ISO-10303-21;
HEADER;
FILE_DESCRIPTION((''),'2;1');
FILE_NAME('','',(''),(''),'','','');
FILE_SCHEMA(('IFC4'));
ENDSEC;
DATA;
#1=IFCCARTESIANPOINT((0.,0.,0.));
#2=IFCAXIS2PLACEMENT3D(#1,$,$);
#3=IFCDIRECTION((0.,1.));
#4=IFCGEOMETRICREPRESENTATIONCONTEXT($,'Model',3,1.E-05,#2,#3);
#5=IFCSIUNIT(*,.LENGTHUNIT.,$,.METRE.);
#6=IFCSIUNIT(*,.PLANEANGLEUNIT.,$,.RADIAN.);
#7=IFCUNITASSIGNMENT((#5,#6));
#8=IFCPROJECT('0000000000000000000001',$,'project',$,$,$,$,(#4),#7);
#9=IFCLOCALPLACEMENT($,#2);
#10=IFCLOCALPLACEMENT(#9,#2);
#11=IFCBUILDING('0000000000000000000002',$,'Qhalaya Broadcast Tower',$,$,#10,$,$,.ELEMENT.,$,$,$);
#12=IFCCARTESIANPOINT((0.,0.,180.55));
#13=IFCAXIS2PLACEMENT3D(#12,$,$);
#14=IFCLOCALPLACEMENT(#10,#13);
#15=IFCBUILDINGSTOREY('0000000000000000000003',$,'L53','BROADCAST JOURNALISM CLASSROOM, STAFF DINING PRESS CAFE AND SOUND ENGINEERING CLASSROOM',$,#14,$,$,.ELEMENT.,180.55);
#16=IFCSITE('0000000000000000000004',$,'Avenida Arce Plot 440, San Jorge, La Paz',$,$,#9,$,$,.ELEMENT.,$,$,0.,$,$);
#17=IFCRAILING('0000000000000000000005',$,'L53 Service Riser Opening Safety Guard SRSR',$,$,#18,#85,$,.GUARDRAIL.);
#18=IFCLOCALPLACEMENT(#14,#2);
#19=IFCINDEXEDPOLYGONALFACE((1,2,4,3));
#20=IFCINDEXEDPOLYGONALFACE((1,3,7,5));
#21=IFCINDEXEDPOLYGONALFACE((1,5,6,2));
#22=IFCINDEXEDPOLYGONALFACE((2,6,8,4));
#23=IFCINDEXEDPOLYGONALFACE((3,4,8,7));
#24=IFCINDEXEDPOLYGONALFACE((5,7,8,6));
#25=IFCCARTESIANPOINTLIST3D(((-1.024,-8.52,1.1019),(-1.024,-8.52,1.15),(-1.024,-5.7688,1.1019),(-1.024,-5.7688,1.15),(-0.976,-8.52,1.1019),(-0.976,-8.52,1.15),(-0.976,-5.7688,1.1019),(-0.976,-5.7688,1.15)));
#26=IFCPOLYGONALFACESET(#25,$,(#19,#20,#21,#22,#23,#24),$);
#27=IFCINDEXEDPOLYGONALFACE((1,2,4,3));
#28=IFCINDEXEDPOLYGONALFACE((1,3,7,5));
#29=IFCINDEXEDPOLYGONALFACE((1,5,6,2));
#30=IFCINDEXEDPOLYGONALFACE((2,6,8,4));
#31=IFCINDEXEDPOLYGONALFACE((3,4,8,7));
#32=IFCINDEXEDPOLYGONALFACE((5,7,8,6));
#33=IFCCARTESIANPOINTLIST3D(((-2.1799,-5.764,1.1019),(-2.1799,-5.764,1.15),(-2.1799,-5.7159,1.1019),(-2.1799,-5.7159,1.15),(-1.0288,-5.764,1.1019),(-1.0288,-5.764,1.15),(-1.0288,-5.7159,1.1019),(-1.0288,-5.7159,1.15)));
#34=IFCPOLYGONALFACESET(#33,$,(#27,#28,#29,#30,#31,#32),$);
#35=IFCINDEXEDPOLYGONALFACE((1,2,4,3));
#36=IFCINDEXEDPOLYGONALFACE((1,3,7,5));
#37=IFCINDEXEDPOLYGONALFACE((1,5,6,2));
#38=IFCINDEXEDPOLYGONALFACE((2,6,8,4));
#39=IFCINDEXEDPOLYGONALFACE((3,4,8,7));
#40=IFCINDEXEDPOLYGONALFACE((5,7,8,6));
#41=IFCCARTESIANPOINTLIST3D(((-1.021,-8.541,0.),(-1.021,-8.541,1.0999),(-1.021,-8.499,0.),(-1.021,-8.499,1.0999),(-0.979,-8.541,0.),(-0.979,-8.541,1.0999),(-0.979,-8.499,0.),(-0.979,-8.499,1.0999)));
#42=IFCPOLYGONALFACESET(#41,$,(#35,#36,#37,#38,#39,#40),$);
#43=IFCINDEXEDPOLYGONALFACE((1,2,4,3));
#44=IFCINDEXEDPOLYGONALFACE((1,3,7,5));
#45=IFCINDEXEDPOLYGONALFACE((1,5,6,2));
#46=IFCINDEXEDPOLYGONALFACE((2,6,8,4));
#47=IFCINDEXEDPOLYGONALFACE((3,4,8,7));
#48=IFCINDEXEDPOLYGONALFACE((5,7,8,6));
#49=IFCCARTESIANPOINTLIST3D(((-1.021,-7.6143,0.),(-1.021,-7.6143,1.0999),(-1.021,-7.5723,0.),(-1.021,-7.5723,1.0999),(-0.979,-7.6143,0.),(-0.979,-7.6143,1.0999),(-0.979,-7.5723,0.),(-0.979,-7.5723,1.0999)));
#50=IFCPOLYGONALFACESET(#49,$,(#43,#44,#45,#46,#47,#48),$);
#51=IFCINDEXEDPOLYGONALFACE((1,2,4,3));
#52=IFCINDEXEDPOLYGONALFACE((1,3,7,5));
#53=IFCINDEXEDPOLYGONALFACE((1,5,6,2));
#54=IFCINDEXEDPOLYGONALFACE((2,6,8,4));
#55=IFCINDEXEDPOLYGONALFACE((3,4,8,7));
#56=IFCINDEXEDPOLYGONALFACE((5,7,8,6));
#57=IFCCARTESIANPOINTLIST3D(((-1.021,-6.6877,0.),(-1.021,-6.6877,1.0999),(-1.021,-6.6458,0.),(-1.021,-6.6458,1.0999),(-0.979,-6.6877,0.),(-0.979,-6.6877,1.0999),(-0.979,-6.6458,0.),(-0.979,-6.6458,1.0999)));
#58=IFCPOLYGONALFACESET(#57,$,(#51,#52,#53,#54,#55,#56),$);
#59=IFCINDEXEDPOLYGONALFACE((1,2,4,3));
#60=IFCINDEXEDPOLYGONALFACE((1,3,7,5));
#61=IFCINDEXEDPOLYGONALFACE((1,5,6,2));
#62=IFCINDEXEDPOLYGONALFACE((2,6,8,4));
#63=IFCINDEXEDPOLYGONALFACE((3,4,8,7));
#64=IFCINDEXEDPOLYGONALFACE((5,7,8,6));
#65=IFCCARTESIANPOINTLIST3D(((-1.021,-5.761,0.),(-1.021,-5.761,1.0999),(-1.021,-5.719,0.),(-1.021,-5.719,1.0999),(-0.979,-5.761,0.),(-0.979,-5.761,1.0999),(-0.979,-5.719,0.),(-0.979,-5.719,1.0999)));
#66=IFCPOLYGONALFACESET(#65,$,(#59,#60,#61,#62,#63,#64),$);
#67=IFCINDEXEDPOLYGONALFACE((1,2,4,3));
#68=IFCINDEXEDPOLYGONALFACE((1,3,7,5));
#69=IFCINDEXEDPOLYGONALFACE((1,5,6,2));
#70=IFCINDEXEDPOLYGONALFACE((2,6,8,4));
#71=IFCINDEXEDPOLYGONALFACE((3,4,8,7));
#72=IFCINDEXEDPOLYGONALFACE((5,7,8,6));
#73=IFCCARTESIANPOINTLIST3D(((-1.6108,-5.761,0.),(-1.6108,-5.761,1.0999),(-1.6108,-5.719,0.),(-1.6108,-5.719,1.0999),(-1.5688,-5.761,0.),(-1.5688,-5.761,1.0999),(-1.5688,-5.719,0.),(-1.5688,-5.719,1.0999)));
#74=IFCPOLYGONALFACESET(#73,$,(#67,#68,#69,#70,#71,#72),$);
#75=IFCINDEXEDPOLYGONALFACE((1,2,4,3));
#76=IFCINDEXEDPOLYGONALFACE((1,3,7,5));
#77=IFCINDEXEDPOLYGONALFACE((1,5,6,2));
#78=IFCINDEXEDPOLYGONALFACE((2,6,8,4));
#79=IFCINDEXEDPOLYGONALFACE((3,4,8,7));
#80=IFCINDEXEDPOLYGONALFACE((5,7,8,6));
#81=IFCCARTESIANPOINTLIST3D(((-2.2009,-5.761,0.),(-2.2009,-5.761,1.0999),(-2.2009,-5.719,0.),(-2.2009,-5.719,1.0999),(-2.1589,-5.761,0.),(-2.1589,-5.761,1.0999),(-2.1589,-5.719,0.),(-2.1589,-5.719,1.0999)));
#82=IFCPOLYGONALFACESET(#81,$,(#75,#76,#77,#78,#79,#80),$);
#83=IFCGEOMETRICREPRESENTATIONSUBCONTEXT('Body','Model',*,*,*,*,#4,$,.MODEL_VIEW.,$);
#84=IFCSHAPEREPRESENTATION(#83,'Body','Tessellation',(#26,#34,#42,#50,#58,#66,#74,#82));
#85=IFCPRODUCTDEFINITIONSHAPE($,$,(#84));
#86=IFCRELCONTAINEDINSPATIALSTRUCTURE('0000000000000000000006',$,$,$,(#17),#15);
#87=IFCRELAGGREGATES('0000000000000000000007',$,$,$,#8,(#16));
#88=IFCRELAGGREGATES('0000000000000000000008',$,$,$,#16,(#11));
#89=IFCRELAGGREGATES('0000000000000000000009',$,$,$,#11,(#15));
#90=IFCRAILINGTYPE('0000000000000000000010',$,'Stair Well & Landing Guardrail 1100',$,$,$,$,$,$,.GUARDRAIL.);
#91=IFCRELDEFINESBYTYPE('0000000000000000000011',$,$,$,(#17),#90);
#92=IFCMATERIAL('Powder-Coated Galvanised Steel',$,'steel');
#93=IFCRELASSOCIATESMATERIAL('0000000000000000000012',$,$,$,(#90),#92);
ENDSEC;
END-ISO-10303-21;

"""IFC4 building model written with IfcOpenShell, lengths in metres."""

from ifc_helpers import new_model, si_unit, direction, frame, origin, origin_2d, place, context, subcontext, project, spatial, rectangle, extrude, material, type_object, element, save


model = new_model("IFC4")

# Units and contexts
model_context = context("Model", 3, precision=1e-05, world=origin(), true_north=direction((0.0, 1.0)))
body_context = subcontext(model_context, "Body", "Model", "MODEL_VIEW")
ifc_project = project(units=[si_unit("LENGTHUNIT", "METRE"), si_unit("PLANEANGLEUNIT", "RADIAN")], contexts=[model_context])

# Site, building, storey
site_placement = place(None, origin())
site = spatial("IfcSite", under=ifc_project, at=site_placement, Name="Avenida Arce Plot 440, San Jorge, La Paz", CompositionType="ELEMENT", RefElevation=0.0)
building_placement = place(site_placement, origin())
building = spatial("IfcBuilding", under=site, at=building_placement, Name="Qhalaya Broadcast Tower", CompositionType="ELEMENT")
storey_placement = place(building_placement, frame((0.0, 0.0, 180.55)))
storey = spatial("IfcBuildingStorey", under=building, at=storey_placement, Name="L53", Description="BROADCAST JOURNALISM CLASSROOM, STAFF DINING PRESS CAFE AND SOUND ENGINEERING CLASSROOM", CompositionType="ELEMENT", Elevation=180.55)

# Railing
ifc_material_1 = material(Name="Powder-Coated Galvanised Steel", Category="steel")
railing_type = type_object("IfcRailingType", Name="Stair Well & Landing Guardrail 1100", PredefinedType="GUARDRAIL", material=ifc_material_1)
railing_placement = place(storey_placement, frame((-1.0, -8.52, 0.0)))
element("IfcRailing", 1, at=railing_placement, inside=storey, type_object=railing_type, Name="L53 Service Riser Opening Safety Guard SRSR", PredefinedType="GUARDRAIL", context=body_context, shape_type="SweptSolid", body=[
    extrude(rectangle(XDim=0.0481, YDim=0.0481, at=origin_2d()), frame((0.0, 0.0, 1.126), z_axis=(0.0, 1.0, 0.0), x_axis=(-1.0, 0.0, 0.0)), (0.0, 0.0, 1.0), 2.7512),
    extrude(rectangle(XDim=0.0481, YDim=0.0481, at=origin_2d()), frame((-0.0288, 2.78, 1.126), z_axis=(-1.0, 0.0, 0.0), x_axis=(0.0, -1.0, 0.0)), (0.0, 0.0, 1.0), 1.1511),
    extrude(rectangle(XDim=0.042, YDim=0.042, at=origin_2d()), origin(), (0.0, 0.0, 1.0), 1.0999),
    extrude(rectangle(XDim=0.042, YDim=0.042, at=origin_2d()), frame((0.0, 0.9268, 0.0)), (0.0, 0.0, 1.0), 1.0999),
    extrude(rectangle(XDim=0.042, YDim=0.042, at=origin_2d()), frame((0.0, 1.8533, 0.0)), (0.0, 0.0, 1.0), 1.0999),
    extrude(rectangle(XDim=0.042, YDim=0.042, at=origin_2d()), frame((0.0, 2.78, 0.0)), (0.0, 0.0, 1.0), 1.0999),
    extrude(rectangle(XDim=0.042, YDim=0.042, at=origin_2d()), frame((-0.5898, 2.78, 0.0)), (0.0, 0.0, 1.0), 1.0999),
    extrude(rectangle(XDim=0.042, YDim=0.042, at=origin_2d()), frame((-1.1799, 2.78, 0.0)), (0.0, 0.0, 1.0), 1.0999),
])

save(model, "model.ifc")
